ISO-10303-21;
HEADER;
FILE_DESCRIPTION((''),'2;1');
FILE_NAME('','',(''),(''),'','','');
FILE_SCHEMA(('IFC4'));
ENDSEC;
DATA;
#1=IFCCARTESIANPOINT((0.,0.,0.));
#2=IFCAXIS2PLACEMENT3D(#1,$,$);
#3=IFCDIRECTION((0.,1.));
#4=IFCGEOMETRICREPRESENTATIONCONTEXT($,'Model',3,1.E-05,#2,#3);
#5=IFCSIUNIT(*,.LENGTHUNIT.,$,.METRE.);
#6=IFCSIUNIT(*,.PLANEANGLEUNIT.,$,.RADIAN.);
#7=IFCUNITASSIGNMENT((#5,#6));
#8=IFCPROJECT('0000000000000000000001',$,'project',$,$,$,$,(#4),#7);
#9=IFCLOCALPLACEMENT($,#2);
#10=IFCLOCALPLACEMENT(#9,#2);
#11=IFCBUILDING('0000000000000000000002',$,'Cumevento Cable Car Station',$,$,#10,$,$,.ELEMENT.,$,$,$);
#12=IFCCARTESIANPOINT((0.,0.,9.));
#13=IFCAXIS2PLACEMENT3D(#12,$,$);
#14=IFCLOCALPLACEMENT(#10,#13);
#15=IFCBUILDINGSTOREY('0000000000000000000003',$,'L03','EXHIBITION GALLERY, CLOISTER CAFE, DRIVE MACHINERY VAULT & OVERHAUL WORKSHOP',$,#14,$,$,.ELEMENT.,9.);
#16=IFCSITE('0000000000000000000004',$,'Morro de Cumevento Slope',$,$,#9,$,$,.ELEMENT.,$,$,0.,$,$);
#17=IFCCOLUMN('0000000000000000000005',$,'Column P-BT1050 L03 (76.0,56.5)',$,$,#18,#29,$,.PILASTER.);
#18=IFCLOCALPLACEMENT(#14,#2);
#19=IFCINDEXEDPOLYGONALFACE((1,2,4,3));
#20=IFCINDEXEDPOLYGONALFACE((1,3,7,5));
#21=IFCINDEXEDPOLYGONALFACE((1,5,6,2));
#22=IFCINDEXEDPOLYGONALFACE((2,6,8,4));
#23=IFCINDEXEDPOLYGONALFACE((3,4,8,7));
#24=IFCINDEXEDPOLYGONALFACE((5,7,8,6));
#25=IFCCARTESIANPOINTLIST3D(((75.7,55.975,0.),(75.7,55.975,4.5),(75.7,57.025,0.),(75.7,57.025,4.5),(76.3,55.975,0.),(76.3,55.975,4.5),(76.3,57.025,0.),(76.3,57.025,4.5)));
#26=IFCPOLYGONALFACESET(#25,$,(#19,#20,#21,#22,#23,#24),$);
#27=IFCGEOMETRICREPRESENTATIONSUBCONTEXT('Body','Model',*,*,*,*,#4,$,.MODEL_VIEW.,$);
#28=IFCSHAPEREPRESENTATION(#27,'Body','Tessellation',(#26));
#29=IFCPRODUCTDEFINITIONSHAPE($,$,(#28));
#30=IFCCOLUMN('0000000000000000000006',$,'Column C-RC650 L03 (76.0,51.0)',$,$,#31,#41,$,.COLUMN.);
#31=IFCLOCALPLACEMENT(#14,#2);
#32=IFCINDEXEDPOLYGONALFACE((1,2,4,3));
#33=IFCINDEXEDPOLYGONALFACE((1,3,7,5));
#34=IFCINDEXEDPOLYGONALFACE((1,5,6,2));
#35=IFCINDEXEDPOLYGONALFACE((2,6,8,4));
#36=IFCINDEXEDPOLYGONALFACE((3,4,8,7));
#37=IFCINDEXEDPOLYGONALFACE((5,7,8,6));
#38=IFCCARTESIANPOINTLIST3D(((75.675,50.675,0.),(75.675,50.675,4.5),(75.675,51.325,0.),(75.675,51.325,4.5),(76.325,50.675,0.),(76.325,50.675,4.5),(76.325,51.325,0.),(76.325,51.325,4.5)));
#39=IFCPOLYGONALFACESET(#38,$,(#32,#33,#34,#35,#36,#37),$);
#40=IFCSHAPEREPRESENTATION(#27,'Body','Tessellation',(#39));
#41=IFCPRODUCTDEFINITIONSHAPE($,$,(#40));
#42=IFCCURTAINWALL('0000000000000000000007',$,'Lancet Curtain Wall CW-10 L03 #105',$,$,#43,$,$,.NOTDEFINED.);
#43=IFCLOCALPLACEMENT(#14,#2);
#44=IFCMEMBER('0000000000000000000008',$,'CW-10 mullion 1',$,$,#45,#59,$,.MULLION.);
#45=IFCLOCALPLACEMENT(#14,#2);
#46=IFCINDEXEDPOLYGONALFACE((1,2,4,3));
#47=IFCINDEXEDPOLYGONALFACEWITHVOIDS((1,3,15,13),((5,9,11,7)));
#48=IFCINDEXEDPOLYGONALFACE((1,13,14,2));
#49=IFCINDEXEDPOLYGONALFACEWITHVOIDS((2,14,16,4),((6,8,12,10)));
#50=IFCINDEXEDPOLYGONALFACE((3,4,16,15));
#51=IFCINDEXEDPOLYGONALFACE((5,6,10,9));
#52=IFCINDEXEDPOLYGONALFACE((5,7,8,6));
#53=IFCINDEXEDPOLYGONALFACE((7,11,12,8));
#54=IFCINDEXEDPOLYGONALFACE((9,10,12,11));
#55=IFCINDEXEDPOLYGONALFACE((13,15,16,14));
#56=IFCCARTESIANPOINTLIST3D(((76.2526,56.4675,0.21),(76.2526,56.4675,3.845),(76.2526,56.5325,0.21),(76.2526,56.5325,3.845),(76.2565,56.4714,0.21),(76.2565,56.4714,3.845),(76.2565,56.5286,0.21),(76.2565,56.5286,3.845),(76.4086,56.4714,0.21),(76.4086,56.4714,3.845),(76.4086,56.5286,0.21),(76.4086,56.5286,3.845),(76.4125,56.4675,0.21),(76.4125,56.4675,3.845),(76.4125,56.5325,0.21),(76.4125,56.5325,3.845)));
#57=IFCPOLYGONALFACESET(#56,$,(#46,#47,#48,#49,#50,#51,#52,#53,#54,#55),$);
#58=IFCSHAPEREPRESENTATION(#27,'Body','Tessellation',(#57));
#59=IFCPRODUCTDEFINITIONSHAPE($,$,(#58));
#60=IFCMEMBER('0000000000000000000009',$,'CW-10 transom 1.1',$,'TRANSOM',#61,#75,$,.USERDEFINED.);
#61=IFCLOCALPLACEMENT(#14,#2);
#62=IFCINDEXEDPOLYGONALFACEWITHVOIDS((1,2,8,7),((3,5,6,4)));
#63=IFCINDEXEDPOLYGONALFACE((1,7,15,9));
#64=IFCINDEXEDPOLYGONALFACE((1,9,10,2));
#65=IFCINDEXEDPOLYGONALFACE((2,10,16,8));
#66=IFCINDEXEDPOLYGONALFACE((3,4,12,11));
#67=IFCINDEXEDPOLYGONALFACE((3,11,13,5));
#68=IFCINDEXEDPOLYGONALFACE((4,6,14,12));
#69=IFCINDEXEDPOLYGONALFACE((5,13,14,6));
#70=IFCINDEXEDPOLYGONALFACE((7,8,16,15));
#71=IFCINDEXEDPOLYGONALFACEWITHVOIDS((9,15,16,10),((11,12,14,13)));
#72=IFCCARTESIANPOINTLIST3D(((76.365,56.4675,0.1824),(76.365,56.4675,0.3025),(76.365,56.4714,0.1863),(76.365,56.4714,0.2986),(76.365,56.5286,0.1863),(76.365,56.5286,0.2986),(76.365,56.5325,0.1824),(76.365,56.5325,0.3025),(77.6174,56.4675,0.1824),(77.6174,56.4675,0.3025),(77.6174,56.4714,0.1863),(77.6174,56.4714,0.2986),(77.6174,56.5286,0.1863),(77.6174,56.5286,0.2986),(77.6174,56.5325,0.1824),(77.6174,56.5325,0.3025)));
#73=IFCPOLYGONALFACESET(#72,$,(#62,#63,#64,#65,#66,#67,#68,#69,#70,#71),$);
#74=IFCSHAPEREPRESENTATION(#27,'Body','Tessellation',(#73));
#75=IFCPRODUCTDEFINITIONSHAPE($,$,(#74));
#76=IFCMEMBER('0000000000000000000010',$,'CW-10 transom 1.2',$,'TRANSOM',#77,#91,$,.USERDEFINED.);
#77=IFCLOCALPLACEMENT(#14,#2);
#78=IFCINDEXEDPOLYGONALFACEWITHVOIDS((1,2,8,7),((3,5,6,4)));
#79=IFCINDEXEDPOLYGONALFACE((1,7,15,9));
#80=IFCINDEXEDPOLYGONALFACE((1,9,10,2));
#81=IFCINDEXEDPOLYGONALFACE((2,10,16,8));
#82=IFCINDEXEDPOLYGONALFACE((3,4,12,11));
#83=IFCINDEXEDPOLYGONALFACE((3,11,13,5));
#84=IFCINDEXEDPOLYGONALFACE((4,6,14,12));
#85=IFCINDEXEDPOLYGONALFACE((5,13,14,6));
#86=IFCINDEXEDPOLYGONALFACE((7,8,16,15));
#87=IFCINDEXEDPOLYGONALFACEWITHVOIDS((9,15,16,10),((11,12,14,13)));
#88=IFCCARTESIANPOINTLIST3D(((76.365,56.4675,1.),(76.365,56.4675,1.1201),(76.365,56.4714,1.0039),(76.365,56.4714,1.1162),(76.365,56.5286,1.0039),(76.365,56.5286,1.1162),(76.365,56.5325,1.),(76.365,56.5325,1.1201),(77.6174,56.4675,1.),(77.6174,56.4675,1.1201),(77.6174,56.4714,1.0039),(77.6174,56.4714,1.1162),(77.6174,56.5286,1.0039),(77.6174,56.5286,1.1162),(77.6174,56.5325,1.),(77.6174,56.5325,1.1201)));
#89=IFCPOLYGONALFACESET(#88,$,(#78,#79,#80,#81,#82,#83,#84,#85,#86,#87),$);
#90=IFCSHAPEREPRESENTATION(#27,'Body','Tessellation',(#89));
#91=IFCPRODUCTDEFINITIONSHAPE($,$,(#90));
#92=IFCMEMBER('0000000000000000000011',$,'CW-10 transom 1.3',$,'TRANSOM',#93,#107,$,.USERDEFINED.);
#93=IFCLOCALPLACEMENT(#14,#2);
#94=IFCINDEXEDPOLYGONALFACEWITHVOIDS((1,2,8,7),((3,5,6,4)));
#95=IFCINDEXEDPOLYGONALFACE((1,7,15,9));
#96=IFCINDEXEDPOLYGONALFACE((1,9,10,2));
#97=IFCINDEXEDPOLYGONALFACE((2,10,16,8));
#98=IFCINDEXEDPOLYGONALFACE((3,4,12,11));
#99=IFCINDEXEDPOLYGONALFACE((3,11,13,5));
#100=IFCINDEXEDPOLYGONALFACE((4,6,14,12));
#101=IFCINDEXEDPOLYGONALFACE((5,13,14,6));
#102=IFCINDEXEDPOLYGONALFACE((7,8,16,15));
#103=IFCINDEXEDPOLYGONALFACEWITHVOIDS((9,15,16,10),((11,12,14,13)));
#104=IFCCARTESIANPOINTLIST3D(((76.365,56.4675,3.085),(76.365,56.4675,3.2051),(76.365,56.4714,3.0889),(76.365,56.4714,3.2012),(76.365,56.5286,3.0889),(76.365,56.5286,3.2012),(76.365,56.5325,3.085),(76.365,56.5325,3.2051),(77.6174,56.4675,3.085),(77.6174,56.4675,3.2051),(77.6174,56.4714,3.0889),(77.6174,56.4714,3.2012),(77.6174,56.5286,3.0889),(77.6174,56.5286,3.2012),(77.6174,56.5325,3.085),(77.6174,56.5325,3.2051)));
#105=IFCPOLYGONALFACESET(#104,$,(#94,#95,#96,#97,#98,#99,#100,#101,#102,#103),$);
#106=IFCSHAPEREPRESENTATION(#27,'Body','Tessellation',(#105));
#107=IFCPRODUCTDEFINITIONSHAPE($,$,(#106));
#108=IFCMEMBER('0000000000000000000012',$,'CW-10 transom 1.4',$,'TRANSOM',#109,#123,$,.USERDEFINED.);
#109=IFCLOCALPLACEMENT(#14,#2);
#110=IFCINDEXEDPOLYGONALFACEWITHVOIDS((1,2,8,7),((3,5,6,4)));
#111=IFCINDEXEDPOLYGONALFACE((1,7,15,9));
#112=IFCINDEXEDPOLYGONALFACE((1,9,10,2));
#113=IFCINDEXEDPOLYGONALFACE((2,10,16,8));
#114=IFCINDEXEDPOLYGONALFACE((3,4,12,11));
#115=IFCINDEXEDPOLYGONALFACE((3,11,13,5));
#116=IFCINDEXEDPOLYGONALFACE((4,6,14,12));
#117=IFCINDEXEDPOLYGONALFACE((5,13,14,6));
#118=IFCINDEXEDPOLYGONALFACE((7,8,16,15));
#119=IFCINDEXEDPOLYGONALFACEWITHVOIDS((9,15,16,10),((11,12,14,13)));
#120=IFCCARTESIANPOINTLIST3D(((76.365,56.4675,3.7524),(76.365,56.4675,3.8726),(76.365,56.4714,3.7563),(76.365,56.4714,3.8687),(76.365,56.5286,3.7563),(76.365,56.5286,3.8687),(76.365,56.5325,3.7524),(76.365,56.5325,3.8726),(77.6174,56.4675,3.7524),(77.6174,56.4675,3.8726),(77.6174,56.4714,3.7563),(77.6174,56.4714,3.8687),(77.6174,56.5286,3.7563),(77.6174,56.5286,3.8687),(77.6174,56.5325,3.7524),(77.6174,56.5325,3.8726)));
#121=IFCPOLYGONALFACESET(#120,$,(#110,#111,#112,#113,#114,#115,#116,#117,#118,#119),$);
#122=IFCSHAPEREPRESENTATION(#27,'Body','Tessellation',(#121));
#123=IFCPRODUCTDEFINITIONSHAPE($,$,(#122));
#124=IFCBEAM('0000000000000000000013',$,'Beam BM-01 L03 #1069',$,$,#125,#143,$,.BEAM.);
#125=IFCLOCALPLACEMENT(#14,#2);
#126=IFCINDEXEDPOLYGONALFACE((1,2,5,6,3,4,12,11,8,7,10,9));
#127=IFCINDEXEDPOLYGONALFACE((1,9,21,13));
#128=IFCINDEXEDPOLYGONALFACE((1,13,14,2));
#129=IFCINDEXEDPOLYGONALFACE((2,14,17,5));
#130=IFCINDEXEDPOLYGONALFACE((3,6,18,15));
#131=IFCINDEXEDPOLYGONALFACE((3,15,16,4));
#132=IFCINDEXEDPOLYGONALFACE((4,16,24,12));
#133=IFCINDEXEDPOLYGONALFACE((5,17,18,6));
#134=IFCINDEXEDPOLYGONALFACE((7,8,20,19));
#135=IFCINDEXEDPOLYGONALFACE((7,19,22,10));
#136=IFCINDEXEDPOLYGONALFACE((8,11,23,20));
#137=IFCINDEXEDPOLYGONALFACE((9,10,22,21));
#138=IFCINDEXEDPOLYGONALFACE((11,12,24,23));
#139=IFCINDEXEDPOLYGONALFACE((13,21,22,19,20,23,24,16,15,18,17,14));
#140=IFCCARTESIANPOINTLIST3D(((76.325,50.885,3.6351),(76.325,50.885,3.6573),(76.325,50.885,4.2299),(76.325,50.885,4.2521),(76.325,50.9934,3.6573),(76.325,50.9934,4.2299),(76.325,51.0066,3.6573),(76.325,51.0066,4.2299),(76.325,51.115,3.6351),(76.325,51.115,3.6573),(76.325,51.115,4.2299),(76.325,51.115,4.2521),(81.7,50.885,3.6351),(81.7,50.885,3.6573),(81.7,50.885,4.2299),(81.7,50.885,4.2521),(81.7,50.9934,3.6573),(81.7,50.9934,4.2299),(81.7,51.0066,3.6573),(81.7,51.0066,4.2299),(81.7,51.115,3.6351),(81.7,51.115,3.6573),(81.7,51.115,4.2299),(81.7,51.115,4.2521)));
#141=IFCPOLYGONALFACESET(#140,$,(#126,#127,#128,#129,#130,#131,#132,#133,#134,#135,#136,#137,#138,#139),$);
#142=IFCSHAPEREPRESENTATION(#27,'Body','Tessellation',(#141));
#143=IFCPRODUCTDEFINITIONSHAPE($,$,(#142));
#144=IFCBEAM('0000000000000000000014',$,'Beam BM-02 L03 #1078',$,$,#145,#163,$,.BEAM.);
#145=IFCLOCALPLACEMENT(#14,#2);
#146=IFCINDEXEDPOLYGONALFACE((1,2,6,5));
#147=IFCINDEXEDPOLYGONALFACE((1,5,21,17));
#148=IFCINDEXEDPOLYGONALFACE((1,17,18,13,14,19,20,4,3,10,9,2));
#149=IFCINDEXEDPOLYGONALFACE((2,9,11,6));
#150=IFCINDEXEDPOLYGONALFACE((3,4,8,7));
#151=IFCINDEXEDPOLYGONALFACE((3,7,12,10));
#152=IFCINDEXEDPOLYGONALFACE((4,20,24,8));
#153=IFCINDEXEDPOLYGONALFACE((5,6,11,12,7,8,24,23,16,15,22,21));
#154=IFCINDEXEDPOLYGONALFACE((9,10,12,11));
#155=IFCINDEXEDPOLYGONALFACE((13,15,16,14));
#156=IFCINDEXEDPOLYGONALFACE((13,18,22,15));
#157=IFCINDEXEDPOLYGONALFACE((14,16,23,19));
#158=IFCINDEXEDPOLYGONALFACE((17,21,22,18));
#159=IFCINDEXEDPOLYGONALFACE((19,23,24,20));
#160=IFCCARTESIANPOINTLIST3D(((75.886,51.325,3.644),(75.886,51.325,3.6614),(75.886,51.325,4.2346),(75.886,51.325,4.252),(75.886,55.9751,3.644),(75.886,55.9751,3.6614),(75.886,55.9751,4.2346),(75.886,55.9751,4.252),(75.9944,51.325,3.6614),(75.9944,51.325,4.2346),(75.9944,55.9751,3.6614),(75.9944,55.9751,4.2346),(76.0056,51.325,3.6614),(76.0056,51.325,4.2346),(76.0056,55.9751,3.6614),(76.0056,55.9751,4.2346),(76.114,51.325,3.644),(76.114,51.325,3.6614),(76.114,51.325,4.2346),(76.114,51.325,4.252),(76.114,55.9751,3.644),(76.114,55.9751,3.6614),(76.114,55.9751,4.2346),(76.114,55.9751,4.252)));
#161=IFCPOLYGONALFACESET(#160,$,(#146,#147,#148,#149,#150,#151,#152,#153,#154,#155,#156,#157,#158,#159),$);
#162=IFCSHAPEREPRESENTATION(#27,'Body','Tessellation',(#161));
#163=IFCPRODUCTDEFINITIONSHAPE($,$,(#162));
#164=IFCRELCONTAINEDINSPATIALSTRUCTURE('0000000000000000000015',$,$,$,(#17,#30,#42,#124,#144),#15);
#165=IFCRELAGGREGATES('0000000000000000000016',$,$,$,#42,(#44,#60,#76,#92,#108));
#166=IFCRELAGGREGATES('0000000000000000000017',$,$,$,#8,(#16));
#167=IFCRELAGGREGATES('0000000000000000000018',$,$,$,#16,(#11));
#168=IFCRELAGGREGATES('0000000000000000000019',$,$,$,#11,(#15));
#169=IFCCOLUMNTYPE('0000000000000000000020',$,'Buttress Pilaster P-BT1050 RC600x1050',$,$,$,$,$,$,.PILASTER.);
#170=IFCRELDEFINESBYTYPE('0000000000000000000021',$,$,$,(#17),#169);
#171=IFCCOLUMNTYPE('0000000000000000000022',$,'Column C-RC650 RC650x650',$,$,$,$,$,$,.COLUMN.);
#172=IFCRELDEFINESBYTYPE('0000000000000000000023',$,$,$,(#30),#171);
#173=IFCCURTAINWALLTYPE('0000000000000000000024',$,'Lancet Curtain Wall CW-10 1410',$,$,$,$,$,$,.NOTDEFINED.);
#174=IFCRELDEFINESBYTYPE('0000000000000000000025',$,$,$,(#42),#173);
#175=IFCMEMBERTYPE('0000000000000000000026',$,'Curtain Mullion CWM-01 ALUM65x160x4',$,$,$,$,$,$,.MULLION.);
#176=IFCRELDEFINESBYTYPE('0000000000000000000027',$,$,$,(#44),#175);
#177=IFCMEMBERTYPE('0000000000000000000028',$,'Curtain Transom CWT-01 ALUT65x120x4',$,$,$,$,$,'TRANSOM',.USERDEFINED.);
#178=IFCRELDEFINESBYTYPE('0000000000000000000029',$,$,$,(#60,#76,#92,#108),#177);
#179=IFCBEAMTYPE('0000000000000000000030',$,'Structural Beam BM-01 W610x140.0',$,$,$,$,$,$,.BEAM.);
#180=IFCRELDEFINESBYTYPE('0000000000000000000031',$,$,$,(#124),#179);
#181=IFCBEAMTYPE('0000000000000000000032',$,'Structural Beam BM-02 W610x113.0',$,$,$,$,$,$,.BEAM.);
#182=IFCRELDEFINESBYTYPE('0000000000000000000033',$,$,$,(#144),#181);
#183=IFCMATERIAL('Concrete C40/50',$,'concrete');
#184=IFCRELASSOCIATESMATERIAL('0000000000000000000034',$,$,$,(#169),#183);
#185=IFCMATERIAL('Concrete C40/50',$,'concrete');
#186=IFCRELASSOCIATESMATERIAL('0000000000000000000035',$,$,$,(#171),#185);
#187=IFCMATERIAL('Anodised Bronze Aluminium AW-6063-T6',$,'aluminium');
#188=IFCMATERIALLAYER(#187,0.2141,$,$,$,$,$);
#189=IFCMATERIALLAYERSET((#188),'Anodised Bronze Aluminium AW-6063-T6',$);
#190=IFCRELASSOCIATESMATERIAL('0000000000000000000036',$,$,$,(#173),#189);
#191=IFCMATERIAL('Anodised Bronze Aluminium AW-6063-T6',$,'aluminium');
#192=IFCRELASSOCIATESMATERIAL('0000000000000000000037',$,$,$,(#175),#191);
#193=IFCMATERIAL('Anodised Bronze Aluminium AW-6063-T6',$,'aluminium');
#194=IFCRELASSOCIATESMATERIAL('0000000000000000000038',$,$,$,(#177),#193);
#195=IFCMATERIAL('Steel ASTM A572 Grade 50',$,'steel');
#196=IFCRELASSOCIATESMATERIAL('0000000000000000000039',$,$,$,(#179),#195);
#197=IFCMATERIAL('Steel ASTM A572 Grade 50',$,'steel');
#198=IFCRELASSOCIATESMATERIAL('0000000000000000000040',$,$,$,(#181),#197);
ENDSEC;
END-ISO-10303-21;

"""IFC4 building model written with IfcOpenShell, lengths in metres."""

from ifc_helpers import new_model, si_unit, direction, frame, origin, origin_2d, place, context, subcontext, project, spatial, rectangle, hollow_rectangle, i_section, extrude, material, layer, layer_set, material_profile, profile_set, type_object, element, aggregate, save


model = new_model("IFC4")

# Units and contexts
model_context = context("Model", 3, precision=1e-05, world=origin(), true_north=direction((0.0, 1.0)))
body_context = subcontext(model_context, "Body", "Model", "MODEL_VIEW")
ifc_project = project(units=[si_unit("LENGTHUNIT", "METRE"), si_unit("PLANEANGLEUNIT", "RADIAN")], contexts=[model_context])

# Site, building, storey
site_placement = place(None, origin())
site = spatial("IfcSite", under=ifc_project, at=site_placement, Name="Morro de Cumevento Slope", CompositionType="ELEMENT", RefElevation=0.0)
building_placement = place(site_placement, origin())
building = spatial("IfcBuilding", under=site, at=building_placement, Name="Cumevento Cable Car Station", CompositionType="ELEMENT")
storey_placement = place(building_placement, frame((0.0, 0.0, 9.0)))
storey = spatial("IfcBuildingStorey", under=building, at=storey_placement, Name="L03", Description="EXHIBITION GALLERY, CLOISTER CAFE, DRIVE MACHINERY VAULT & OVERHAUL WORKSHOP", CompositionType="ELEMENT", Elevation=9.0)

# Columns
ifc_material_1 = material(Name="Concrete C40/50", Category="concrete")
ifc_material_profile_1 = material_profile(ifc_material_1, rectangle(XDim=0.6001, YDim=1.05, at=origin_2d()), Name="RC600x1050")
ifc_profile_set_1 = profile_set([ifc_material_profile_1], Name="Concrete C40/50")
column_type_1 = type_object("IfcColumnType", Name="Buttress Pilaster P-BT1050 RC600x1050", PredefinedType="PILASTER", material=ifc_profile_set_1)
column_1_placement = place(storey_placement, frame((76.0, 56.5, 0.0), z_axis=(0.0, 0.0, 1.0), x_axis=(1.0, 0.0, 0.0)))
element("IfcColumn", 1, at=column_1_placement, inside=storey, type_object=column_type_1, Name="Column P-BT1050 L03 (76.0,56.5)", PredefinedType="PILASTER", context=body_context, shape_type="SweptSolid", body=[
    extrude(rectangle(XDim=0.6001, YDim=1.05, at=origin_2d()), origin(), (0.0, 0.0, 1.0), 4.5),
])
ifc_material_2 = material(Name="Concrete C40/50", Category="concrete")
ifc_material_profile_2 = material_profile(ifc_material_2, rectangle(XDim=0.6499, YDim=0.6499, at=origin_2d()), Name="RC650x650")
ifc_profile_set_2 = profile_set([ifc_material_profile_2], Name="Concrete C40/50")
column_type_2 = type_object("IfcColumnType", Name="Column C-RC650 RC650x650", PredefinedType="COLUMN", material=ifc_profile_set_2)
column_2_placement = place(storey_placement, frame((76.0, 51.0, 0.0), z_axis=(0.0, 0.0, 1.0), x_axis=(1.0, 0.0, 0.0)))
element("IfcColumn", 2, at=column_2_placement, inside=storey, type_object=column_type_2, Name="Column C-RC650 L03 (76.0,51.0)", PredefinedType="COLUMN", context=body_context, shape_type="SweptSolid", body=[
    extrude(rectangle(XDim=0.6499, YDim=0.6499, at=origin_2d()), origin(), (0.0, 0.0, 1.0), 4.5),
])

# Curtain wall, members
ifc_material_3 = material(Name="Anodised Bronze Aluminium AW-6063-T6", Category="aluminium")
ifc_layer_1 = layer(ifc_material_3, 0.2141)
ifc_layer_set_1 = layer_set([ifc_layer_1], Name="Anodised Bronze Aluminium AW-6063-T6")
curtain_wall_type = type_object("IfcCurtainWallType", Name="Lancet Curtain Wall CW-10 1410", PredefinedType="NOTDEFINED", material=ifc_layer_set_1)
curtain_wall_placement = place(storey_placement, origin())
curtain_wall = element("IfcCurtainWall", 3, at=curtain_wall_placement, inside=storey, type_object=curtain_wall_type, Name="Lancet Curtain Wall CW-10 L03 #105", PredefinedType="NOTDEFINED")
ifc_material_4 = material(Name="Anodised Bronze Aluminium AW-6063-T6", Category="aluminium")
ifc_material_profile_3 = material_profile(ifc_material_4, hollow_rectangle(XDim=0.0649, YDim=0.1599, WallThickness=0.0039, at=origin_2d()), Name="ALUM65x160x4")
ifc_profile_set_3 = profile_set([ifc_material_profile_3], Name="Anodised Bronze Aluminium AW-6063-T6")
member_type_1 = type_object("IfcMemberType", Name="Curtain Mullion CWM-01 ALUM65x160x4", PredefinedType="MULLION", material=ifc_profile_set_3)
member_1_placement = place(storey_placement, frame((76.3325, 56.5, 0.21), z_axis=(0.0, 0.0, 1.0), x_axis=(0.0, 1.0, 0.0)))
member_1 = element("IfcMember", 4, at=member_1_placement, type_object=member_type_1, Name="CW-10 mullion 1", PredefinedType="MULLION", context=body_context, shape_type="SweptSolid", body=[
    extrude(hollow_rectangle(XDim=0.0649, YDim=0.1599, WallThickness=0.0039, at=origin_2d()), origin(), (0.0, 0.0, 1.0), 3.635),
])
ifc_material_5 = material(Name="Anodised Bronze Aluminium AW-6063-T6", Category="aluminium")
ifc_material_profile_4 = material_profile(ifc_material_5, hollow_rectangle(XDim=0.0649, YDim=0.1201, WallThickness=0.0039, at=origin_2d()), Name="ALUT65x120x4")
ifc_profile_set_4 = profile_set([ifc_material_profile_4], Name="Anodised Bronze Aluminium AW-6063-T6")
member_type_2 = type_object("IfcMemberType", Name="Curtain Transom CWT-01 ALUT65x120x4", ElementType="TRANSOM", PredefinedType="USERDEFINED", material=ifc_profile_set_4)
member_2_placement = place(storey_placement, frame((76.365, 56.5, 0.2424), z_axis=(1.0, 0.0, 0.0), x_axis=(0.0, 1.0, 0.0)))
member_2 = element("IfcMember", 5, at=member_2_placement, type_object=member_type_2, Name="CW-10 transom 1.1", ObjectType="TRANSOM", PredefinedType="USERDEFINED", context=body_context, shape_type="SweptSolid", body=[
    extrude(hollow_rectangle(XDim=0.0649, YDim=0.1201, WallThickness=0.0039, at=origin_2d()), origin(), (0.0, 0.0, 1.0), 1.2524),
])
member_3_placement = place(storey_placement, frame((76.365, 56.5, 1.0601), z_axis=(1.0, 0.0, 0.0), x_axis=(0.0, 1.0, 0.0)))
member_3 = element("IfcMember", 6, at=member_3_placement, type_object=member_type_2, Name="CW-10 transom 1.2", ObjectType="TRANSOM", PredefinedType="USERDEFINED", context=body_context, shape_type="SweptSolid", body=[
    extrude(hollow_rectangle(XDim=0.0649, YDim=0.1201, WallThickness=0.0039, at=origin_2d()), origin(), (0.0, 0.0, 1.0), 1.2524),
])
member_4_placement = place(storey_placement, frame((76.365, 56.5, 3.145), z_axis=(1.0, 0.0, 0.0), x_axis=(0.0, 1.0, 0.0)))
member_4 = element("IfcMember", 7, at=member_4_placement, type_object=member_type_2, Name="CW-10 transom 1.3", ObjectType="TRANSOM", PredefinedType="USERDEFINED", context=body_context, shape_type="SweptSolid", body=[
    extrude(hollow_rectangle(XDim=0.0649, YDim=0.1201, WallThickness=0.0039, at=origin_2d()), origin(), (0.0, 0.0, 1.0), 1.2524),
])
member_5_placement = place(storey_placement, frame((76.365, 56.5, 3.8125), z_axis=(1.0, 0.0, 0.0), x_axis=(0.0, 1.0, 0.0)))
member_5 = element("IfcMember", 8, at=member_5_placement, type_object=member_type_2, Name="CW-10 transom 1.4", ObjectType="TRANSOM", PredefinedType="USERDEFINED", context=body_context, shape_type="SweptSolid", body=[
    extrude(hollow_rectangle(XDim=0.0649, YDim=0.1201, WallThickness=0.0039, at=origin_2d()), origin(), (0.0, 0.0, 1.0), 1.2524),
])

# Beams
ifc_material_6 = material(Name="Steel ASTM A572 Grade 50", Category="steel")
ifc_material_profile_5 = material_profile(ifc_material_6, i_section(OverallWidth=0.23, OverallDepth=0.6169, WebThickness=0.0132, FlangeThickness=0.0222, at=origin_2d()), Name="W610x140.0")
ifc_profile_set_5 = profile_set([ifc_material_profile_5], Name="Steel ASTM A572 Grade 50")
beam_type_1 = type_object("IfcBeamType", Name="Structural Beam BM-01 W610x140.0", PredefinedType="BEAM", material=ifc_profile_set_5)
beam_1_placement = place(storey_placement, frame((76.325, 51.0, 3.9436), z_axis=(1.0, 0.0, 0.0), x_axis=(0.0, 1.0, 0.0)))
element("IfcBeam", 9, at=beam_1_placement, inside=storey, type_object=beam_type_1, Name="Beam BM-01 L03 #1069", PredefinedType="BEAM", context=body_context, shape_type="SweptSolid", body=[
    extrude(i_section(OverallWidth=0.23, OverallDepth=0.6169, WebThickness=0.0132, FlangeThickness=0.0222, at=origin_2d()), origin(), (0.0, 0.0, 1.0), 5.375),
])
ifc_material_7 = material(Name="Steel ASTM A572 Grade 50", Category="steel")
ifc_material_profile_6 = material_profile(ifc_material_7, i_section(OverallWidth=0.228, OverallDepth=0.6079, WebThickness=0.0112, FlangeThickness=0.0173, at=origin_2d()), Name="W610x113.0")
ifc_profile_set_6 = profile_set([ifc_material_profile_6], Name="Steel ASTM A572 Grade 50")
beam_type_2 = type_object("IfcBeamType", Name="Structural Beam BM-02 W610x113.0", PredefinedType="BEAM", material=ifc_profile_set_6)
beam_2_placement = place(storey_placement, frame((76.0, 51.325, 3.948), z_axis=(0.0, 1.0, 0.0), x_axis=(-1.0, 0.0, 0.0)))
element("IfcBeam", 10, at=beam_2_placement, inside=storey, type_object=beam_type_2, Name="Beam BM-02 L03 #1078", PredefinedType="BEAM", context=body_context, shape_type="SweptSolid", body=[
    extrude(i_section(OverallWidth=0.228, OverallDepth=0.6079, WebThickness=0.0112, FlangeThickness=0.0173, at=origin_2d()), origin(), (0.0, 0.0, 1.0), 4.6501),
])

aggregate(curtain_wall, [member_1, member_2, member_3, member_4, member_5])

save(model, "model.ifc")
